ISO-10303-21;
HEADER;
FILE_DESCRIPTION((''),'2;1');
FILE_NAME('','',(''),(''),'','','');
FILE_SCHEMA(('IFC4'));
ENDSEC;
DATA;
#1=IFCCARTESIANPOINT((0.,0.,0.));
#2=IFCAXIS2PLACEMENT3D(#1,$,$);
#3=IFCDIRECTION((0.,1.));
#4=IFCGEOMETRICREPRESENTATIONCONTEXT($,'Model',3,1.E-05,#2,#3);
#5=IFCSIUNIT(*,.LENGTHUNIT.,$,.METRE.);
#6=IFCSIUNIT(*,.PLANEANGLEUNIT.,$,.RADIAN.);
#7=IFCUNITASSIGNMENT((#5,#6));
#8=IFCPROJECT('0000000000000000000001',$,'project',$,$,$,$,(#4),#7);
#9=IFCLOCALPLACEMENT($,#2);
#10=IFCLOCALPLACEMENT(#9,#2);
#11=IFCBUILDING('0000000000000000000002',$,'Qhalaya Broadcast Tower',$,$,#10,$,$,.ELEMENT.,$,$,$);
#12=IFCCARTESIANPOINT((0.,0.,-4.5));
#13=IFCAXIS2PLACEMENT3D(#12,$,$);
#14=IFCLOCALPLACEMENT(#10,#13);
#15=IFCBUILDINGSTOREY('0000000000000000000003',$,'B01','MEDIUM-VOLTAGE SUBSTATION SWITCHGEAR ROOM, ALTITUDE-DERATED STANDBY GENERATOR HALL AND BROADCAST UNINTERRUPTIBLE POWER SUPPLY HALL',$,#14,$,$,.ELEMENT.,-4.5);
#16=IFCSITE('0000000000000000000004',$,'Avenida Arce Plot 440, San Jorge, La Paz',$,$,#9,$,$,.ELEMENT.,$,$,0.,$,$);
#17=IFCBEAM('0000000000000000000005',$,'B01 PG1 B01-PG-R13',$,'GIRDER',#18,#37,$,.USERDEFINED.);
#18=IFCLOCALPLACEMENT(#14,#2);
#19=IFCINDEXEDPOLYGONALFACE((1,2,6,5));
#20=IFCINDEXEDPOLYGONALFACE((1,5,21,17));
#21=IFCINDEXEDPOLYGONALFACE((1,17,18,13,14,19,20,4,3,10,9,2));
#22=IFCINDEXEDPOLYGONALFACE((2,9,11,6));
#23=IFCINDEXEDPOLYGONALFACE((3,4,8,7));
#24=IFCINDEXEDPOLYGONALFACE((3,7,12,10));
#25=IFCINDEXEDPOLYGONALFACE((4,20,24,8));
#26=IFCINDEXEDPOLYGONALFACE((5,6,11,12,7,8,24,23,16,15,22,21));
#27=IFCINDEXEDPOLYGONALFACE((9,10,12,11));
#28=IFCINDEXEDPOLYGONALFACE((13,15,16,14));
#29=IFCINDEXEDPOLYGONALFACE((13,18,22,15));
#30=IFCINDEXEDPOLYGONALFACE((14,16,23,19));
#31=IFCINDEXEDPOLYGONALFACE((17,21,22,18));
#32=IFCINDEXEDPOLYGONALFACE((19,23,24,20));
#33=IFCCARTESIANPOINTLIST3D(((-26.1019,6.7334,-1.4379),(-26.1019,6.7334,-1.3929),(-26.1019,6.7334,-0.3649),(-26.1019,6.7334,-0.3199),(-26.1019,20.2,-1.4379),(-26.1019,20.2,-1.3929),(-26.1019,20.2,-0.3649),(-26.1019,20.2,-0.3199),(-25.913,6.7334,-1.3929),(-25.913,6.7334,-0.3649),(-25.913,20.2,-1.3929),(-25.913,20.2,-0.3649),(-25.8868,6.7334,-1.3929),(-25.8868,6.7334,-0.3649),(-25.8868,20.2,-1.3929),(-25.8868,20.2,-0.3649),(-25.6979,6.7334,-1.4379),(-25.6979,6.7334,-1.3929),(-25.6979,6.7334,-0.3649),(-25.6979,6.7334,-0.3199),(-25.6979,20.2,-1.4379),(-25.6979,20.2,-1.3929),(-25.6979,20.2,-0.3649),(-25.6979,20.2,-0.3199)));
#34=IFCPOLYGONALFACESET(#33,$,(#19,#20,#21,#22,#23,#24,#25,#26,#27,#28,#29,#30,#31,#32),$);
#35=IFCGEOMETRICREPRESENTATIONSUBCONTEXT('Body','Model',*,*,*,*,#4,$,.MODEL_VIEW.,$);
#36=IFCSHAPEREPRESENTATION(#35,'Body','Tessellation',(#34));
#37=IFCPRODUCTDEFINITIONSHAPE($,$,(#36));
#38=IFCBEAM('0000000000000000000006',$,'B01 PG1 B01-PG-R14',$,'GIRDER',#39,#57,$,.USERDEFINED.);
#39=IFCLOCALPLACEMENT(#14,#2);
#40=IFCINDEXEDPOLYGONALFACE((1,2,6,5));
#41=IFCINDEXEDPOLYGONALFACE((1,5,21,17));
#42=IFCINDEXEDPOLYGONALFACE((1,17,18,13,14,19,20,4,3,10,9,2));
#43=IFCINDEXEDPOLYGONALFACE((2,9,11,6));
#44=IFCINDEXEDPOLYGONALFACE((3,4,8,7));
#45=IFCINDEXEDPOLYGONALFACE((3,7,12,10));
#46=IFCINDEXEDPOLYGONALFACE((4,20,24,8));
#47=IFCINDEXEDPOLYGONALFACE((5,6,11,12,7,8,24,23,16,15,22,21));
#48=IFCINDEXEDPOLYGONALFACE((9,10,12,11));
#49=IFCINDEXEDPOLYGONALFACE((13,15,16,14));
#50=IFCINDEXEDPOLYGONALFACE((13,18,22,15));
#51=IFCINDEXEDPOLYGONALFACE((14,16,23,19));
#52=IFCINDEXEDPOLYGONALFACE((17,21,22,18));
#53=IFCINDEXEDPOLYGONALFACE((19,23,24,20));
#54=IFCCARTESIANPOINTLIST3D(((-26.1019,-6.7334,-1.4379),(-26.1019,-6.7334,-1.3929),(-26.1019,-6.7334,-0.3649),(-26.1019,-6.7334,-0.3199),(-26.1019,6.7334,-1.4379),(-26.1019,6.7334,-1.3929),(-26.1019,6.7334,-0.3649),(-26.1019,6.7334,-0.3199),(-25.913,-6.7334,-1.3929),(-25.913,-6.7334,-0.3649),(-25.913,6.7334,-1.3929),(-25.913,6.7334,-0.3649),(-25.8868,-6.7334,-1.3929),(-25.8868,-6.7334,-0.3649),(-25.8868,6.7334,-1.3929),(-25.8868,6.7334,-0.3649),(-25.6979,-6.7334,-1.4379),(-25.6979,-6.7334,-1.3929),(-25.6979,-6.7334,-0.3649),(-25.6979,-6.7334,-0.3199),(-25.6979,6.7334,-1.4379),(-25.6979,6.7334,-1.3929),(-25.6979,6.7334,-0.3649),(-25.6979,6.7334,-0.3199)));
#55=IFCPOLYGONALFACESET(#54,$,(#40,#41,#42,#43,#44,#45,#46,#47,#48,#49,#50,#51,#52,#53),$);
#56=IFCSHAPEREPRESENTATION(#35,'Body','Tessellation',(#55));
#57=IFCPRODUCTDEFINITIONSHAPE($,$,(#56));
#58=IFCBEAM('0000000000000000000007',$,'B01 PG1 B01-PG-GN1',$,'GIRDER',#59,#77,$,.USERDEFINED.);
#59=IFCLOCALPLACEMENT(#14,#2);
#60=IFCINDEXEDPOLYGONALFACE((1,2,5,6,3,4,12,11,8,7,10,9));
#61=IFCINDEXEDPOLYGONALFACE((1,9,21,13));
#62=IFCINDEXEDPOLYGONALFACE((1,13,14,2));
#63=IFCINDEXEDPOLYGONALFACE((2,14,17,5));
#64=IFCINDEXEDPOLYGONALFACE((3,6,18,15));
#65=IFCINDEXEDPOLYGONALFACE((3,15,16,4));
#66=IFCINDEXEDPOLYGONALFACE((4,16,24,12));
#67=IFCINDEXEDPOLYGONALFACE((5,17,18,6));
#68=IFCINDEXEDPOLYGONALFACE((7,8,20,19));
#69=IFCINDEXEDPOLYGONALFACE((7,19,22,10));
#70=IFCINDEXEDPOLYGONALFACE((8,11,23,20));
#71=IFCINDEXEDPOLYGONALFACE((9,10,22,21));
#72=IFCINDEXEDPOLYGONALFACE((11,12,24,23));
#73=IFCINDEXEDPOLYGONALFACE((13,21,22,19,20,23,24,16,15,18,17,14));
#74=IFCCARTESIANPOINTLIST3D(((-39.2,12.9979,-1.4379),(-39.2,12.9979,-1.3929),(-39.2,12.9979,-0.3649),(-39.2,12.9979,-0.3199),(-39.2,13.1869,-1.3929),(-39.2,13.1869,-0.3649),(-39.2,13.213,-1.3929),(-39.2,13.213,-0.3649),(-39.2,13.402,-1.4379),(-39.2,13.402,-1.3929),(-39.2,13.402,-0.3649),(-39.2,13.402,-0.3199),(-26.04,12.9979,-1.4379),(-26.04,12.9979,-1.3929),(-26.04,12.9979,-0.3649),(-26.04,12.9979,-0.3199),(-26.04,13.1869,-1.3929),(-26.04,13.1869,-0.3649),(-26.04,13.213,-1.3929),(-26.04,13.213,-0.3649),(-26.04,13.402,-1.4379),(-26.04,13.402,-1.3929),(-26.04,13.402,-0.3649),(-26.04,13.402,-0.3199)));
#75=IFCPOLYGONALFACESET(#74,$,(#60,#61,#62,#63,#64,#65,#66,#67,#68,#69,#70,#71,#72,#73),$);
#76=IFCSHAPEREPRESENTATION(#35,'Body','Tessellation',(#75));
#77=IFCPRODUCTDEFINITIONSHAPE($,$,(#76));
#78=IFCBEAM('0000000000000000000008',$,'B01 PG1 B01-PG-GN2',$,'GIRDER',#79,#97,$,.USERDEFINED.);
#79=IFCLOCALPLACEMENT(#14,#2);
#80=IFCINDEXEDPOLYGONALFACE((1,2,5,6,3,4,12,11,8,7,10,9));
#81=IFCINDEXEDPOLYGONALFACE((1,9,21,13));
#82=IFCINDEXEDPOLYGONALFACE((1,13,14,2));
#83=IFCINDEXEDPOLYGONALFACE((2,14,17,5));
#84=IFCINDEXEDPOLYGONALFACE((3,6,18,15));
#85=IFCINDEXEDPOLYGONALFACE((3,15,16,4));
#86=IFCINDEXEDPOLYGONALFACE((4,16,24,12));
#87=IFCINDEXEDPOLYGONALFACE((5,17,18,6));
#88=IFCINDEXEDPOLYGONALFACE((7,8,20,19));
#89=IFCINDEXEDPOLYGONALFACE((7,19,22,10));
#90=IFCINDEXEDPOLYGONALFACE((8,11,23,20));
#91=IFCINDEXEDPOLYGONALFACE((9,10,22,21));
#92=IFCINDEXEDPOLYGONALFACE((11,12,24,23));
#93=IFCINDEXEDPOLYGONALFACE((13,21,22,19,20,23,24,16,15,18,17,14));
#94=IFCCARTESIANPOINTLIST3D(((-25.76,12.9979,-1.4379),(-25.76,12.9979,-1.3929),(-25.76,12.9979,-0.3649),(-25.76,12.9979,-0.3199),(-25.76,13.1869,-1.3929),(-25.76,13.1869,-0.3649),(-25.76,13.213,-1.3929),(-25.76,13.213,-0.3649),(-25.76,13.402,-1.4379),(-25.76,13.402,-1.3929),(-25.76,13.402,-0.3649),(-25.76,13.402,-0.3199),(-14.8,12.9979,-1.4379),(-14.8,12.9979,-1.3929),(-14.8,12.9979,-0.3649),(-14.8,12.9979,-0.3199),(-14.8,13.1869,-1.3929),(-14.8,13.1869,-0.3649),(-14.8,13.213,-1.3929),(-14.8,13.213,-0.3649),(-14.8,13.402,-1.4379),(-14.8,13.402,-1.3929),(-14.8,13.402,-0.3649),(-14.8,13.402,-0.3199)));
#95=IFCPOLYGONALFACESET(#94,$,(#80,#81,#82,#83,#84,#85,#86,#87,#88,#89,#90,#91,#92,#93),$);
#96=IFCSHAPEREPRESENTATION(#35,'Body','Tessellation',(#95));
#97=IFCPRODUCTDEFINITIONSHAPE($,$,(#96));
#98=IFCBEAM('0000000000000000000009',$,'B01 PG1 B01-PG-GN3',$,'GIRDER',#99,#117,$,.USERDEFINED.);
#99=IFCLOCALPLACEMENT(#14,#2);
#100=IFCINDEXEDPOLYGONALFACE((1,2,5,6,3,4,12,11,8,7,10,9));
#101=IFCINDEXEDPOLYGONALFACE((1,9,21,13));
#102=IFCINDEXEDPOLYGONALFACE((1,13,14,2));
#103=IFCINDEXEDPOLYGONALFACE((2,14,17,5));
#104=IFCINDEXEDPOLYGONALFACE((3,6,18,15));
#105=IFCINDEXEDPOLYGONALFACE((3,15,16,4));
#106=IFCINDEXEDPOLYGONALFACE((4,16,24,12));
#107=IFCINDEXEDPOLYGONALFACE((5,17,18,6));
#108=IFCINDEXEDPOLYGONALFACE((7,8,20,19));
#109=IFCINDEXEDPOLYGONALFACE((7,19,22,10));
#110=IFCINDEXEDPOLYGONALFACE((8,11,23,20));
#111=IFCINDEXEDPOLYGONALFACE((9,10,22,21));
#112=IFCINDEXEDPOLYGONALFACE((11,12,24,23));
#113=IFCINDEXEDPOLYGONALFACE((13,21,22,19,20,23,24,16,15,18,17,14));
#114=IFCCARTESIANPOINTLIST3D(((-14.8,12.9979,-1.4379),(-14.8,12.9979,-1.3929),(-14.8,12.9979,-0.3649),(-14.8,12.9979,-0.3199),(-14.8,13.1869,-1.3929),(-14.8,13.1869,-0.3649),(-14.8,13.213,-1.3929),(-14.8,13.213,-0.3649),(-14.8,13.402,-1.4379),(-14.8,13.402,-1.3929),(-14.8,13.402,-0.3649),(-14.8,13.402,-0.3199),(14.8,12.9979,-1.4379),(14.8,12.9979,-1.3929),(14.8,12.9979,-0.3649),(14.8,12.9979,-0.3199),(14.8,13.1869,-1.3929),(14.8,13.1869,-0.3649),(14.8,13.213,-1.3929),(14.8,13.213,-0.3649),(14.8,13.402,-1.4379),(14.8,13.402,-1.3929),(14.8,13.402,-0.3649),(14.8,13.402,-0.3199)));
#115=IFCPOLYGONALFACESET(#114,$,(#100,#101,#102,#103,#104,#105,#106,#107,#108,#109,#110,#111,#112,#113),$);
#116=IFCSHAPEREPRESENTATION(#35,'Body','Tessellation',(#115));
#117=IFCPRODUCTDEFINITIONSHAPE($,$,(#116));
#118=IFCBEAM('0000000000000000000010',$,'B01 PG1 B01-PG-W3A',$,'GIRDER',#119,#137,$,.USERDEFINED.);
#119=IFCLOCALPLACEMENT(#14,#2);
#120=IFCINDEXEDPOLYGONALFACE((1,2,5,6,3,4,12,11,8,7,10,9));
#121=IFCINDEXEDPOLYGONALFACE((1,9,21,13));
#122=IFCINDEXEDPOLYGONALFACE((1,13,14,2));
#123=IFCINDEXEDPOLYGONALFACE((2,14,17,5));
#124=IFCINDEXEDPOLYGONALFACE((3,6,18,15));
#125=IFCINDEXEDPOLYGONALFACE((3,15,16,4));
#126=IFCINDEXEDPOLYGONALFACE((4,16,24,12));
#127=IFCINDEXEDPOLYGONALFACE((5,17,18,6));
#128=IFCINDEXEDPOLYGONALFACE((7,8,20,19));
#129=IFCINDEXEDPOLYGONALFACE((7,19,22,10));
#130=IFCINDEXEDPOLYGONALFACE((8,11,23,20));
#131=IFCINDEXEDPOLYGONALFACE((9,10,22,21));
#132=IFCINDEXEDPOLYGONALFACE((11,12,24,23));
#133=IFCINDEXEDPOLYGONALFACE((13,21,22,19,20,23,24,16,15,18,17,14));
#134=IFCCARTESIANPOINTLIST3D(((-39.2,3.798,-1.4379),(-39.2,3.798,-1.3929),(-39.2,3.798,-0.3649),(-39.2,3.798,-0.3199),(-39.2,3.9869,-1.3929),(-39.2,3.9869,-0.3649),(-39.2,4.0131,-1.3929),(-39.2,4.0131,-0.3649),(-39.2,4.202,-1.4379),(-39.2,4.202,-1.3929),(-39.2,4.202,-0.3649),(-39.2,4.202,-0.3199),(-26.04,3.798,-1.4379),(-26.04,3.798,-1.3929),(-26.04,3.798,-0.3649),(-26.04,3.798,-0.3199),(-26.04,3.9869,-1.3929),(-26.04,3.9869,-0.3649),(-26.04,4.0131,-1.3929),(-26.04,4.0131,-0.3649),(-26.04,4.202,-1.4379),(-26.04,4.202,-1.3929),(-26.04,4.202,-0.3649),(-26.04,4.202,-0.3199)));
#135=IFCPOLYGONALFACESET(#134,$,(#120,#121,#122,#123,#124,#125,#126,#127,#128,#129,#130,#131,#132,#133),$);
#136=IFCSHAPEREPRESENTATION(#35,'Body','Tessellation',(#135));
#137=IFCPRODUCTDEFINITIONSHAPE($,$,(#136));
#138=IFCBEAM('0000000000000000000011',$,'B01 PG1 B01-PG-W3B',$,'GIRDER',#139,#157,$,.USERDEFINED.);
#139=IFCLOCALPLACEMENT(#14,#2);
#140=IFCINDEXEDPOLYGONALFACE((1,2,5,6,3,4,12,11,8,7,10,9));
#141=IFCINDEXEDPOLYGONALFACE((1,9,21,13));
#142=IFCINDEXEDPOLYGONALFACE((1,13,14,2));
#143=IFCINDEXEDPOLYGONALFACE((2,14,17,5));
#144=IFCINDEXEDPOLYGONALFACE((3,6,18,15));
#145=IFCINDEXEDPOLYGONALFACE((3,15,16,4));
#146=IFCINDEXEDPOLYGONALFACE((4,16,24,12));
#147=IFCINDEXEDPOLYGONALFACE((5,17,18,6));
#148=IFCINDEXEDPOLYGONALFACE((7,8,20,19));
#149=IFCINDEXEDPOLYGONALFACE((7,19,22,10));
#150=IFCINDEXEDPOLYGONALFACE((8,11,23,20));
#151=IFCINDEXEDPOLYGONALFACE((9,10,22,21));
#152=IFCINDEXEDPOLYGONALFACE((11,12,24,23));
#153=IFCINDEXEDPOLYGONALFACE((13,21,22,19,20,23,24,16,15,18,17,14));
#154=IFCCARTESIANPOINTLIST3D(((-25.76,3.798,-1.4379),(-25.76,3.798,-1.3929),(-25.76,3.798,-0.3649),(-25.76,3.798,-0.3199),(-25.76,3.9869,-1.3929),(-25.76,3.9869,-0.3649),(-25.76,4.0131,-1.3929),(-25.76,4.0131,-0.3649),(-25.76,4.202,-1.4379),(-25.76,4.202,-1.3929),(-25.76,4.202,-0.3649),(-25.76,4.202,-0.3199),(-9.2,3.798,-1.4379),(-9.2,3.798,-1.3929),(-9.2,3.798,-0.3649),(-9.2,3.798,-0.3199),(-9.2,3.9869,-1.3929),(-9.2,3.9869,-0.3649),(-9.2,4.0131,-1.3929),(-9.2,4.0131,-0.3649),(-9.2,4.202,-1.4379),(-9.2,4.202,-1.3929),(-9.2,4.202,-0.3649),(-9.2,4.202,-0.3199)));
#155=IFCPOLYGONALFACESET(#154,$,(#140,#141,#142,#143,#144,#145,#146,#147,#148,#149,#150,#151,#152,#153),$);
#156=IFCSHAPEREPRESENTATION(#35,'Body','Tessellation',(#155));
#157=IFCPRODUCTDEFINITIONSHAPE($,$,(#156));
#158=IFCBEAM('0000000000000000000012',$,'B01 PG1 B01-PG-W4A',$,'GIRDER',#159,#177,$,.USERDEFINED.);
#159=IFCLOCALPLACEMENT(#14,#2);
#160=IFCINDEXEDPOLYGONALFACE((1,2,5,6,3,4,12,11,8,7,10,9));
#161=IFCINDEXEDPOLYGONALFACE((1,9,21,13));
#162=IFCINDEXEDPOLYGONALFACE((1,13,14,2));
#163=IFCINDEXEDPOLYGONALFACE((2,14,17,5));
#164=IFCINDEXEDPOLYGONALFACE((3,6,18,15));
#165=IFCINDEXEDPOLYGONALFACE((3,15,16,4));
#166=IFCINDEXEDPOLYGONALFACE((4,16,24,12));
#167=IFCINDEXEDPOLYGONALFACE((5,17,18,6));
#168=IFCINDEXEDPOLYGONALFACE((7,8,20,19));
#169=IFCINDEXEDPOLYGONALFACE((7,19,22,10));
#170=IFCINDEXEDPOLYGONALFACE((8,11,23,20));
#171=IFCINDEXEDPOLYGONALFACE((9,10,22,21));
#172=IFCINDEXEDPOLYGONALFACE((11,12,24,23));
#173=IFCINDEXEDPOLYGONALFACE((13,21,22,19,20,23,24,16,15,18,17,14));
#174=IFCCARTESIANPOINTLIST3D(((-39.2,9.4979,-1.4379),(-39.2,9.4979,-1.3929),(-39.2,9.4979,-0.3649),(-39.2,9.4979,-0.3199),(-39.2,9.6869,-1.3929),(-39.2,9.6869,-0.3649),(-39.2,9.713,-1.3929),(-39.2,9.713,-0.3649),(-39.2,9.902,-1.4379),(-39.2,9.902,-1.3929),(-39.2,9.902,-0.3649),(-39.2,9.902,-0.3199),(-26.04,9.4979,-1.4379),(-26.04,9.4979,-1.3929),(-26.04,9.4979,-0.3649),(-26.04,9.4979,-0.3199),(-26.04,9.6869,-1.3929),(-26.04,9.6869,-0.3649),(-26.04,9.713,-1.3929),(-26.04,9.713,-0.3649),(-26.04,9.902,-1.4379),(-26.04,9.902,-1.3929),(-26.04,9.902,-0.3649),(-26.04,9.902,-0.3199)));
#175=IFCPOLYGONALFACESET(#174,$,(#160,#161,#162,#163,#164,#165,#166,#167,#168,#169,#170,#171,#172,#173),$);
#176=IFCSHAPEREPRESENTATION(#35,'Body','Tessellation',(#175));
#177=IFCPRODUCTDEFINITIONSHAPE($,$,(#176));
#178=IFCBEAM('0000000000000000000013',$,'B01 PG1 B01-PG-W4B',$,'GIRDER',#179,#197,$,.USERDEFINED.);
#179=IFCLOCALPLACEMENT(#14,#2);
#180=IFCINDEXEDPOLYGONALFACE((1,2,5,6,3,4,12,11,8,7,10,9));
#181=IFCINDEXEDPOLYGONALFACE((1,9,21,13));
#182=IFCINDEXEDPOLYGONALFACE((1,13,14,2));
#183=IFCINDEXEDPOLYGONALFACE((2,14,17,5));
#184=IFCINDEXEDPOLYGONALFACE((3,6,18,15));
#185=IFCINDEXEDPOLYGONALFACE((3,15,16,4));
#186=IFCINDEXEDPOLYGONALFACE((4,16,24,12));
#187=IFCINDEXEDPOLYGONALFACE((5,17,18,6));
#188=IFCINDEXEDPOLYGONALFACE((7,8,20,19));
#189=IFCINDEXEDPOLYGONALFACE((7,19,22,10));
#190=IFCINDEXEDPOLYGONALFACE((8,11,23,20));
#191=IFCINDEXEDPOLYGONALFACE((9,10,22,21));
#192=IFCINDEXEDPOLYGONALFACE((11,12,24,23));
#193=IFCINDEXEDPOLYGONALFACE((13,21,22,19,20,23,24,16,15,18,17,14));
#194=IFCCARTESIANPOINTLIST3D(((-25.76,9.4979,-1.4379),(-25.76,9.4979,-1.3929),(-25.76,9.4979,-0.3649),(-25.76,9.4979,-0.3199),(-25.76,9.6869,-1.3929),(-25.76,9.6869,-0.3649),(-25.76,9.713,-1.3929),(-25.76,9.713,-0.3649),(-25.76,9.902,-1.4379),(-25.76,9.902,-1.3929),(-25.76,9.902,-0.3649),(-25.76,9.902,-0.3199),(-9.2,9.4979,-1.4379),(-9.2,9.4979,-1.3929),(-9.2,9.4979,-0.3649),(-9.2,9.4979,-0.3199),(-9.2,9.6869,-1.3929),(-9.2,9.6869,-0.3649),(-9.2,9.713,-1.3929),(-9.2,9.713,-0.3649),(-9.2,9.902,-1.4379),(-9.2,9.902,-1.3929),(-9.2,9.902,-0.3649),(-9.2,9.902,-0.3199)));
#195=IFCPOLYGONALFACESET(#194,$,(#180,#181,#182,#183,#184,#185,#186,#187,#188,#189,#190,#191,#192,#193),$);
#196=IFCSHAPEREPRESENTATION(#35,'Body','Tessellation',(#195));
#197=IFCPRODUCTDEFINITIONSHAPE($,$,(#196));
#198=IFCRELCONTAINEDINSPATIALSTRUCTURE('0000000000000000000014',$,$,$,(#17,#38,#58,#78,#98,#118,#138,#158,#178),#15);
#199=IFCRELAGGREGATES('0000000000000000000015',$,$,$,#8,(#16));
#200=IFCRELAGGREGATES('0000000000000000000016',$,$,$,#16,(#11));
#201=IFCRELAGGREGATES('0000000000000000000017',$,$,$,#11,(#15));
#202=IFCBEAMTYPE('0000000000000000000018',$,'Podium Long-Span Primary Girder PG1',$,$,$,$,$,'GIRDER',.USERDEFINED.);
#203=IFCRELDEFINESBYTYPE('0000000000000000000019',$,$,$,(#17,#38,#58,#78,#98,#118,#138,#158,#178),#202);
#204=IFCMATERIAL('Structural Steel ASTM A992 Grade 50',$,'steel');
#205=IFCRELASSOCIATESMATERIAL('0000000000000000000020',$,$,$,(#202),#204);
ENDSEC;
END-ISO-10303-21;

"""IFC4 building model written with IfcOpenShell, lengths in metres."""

from ifc_helpers import new_model, si_unit, direction, frame, origin, origin_2d, place, context, subcontext, project, spatial, i_section, extrude, material, material_profile, profile_set, type_object, element, save


model = new_model("IFC4")

# Units and contexts
model_context = context("Model", 3, precision=1e-05, world=origin(), true_north=direction((0.0, 1.0)))
body_context = subcontext(model_context, "Body", "Model", "MODEL_VIEW")
ifc_project = project(units=[si_unit("LENGTHUNIT", "METRE"), si_unit("PLANEANGLEUNIT", "RADIAN")], contexts=[model_context])

# Site, building, storey
site_placement = place(None, origin())
site = spatial("IfcSite", under=ifc_project, at=site_placement, Name="Avenida Arce Plot 440, San Jorge, La Paz", CompositionType="ELEMENT", RefElevation=0.0)
building_placement = place(site_placement, origin())
building = spatial("IfcBuilding", under=site, at=building_placement, Name="Qhalaya Broadcast Tower", CompositionType="ELEMENT")
storey_placement = place(building_placement, frame((0.0, 0.0, -4.5)))
storey = spatial("IfcBuildingStorey", under=building, at=storey_placement, Name="B01", Description="MEDIUM-VOLTAGE SUBSTATION SWITCHGEAR ROOM, ALTITUDE-DERATED STANDBY GENERATOR HALL AND BROADCAST UNINTERRUPTIBLE POWER SUPPLY HALL", CompositionType="ELEMENT", Elevation=-4.5)

# Beams
ifc_material_1 = material(Name="Structural Steel ASTM A992 Grade 50", Category="steel")
ifc_material_profile_1 = material_profile(ifc_material_1, i_section(OverallWidth=0.4041, OverallDepth=1.1179, WebThickness=0.0261, FlangeThickness=0.0449, at=origin_2d()), Name="W44X335")
ifc_profile_set_1 = profile_set([ifc_material_profile_1], Name="Structural Steel ASTM A992 Grade 50")
beam_type_1 = type_object("IfcBeamType", Name="Podium Long-Span Primary Girder PG1", ElementType="GIRDER", PredefinedType="USERDEFINED", material=ifc_profile_set_1)
beam_1_placement = place(storey_placement, frame((-25.8999, 20.2, -0.8789), z_axis=(0.0, -1.0, 0.0), x_axis=(1.0, 0.0, 0.0)))
element("IfcBeam", 1, at=beam_1_placement, inside=storey, type_object=beam_type_1, Name="B01 PG1 B01-PG-R13", ObjectType="GIRDER", PredefinedType="USERDEFINED", context=body_context, shape_type="SweptSolid", body=[
    extrude(i_section(OverallWidth=0.4041, OverallDepth=1.1179, WebThickness=0.0261, FlangeThickness=0.0449, at=origin_2d()), origin(), (0.0, 0.0, 1.0), 13.4666),
])
beam_2_placement = place(storey_placement, frame((-25.8999, 6.7334, -0.8789), z_axis=(0.0, -1.0, 0.0), x_axis=(1.0, 0.0, 0.0)))
element("IfcBeam", 2, at=beam_2_placement, inside=storey, type_object=beam_type_1, Name="B01 PG1 B01-PG-R14", ObjectType="GIRDER", PredefinedType="USERDEFINED", context=body_context, shape_type="SweptSolid", body=[
    extrude(i_section(OverallWidth=0.4041, OverallDepth=1.1179, WebThickness=0.0261, FlangeThickness=0.0449, at=origin_2d()), origin(), (0.0, 0.0, 1.0), 13.4668),
])
beam_3_placement = place(storey_placement, frame((-39.2, 13.2, -0.8789), z_axis=(1.0, 0.0, 0.0), x_axis=(0.0, 1.0, 0.0)))
element("IfcBeam", 3, at=beam_3_placement, inside=storey, type_object=beam_type_1, Name="B01 PG1 B01-PG-GN1", ObjectType="GIRDER", PredefinedType="USERDEFINED", context=body_context, shape_type="SweptSolid", body=[
    extrude(i_section(OverallWidth=0.4041, OverallDepth=1.1179, WebThickness=0.0261, FlangeThickness=0.0449, at=origin_2d()), origin(), (0.0, 0.0, 1.0), 13.1599),
])
beam_4_placement = place(storey_placement, frame((-25.76, 13.2, -0.8789), z_axis=(1.0, 0.0, 0.0), x_axis=(0.0, 1.0, 0.0)))
element("IfcBeam", 4, at=beam_4_placement, inside=storey, type_object=beam_type_1, Name="B01 PG1 B01-PG-GN2", ObjectType="GIRDER", PredefinedType="USERDEFINED", context=body_context, shape_type="SweptSolid", body=[
    extrude(i_section(OverallWidth=0.4041, OverallDepth=1.1179, WebThickness=0.0261, FlangeThickness=0.0449, at=origin_2d()), origin(), (0.0, 0.0, 1.0), 10.96),
])
beam_5_placement = place(storey_placement, frame((-14.8, 13.2, -0.8789), z_axis=(1.0, 0.0, 0.0), x_axis=(0.0, 1.0, 0.0)))
element("IfcBeam", 5, at=beam_5_placement, inside=storey, type_object=beam_type_1, Name="B01 PG1 B01-PG-GN3", ObjectType="GIRDER", PredefinedType="USERDEFINED", context=body_context, shape_type="SweptSolid", body=[
    extrude(i_section(OverallWidth=0.4041, OverallDepth=1.1179, WebThickness=0.0261, FlangeThickness=0.0449, at=origin_2d()), origin(), (0.0, 0.0, 1.0), 29.6001),
])
beam_6_placement = place(storey_placement, frame((-39.2, 4.0, -0.8789), z_axis=(1.0, 0.0, 0.0), x_axis=(0.0, 1.0, 0.0)))
element("IfcBeam", 6, at=beam_6_placement, inside=storey, type_object=beam_type_1, Name="B01 PG1 B01-PG-W3A", ObjectType="GIRDER", PredefinedType="USERDEFINED", context=body_context, shape_type="SweptSolid", body=[
    extrude(i_section(OverallWidth=0.4041, OverallDepth=1.1179, WebThickness=0.0261, FlangeThickness=0.0449, at=origin_2d()), origin(), (0.0, 0.0, 1.0), 13.1599),
])
beam_7_placement = place(storey_placement, frame((-25.76, 4.0, -0.8789), z_axis=(1.0, 0.0, 0.0), x_axis=(0.0, 1.0, 0.0)))
element("IfcBeam", 7, at=beam_7_placement, inside=storey, type_object=beam_type_1, Name="B01 PG1 B01-PG-W3B", ObjectType="GIRDER", PredefinedType="USERDEFINED", context=body_context, shape_type="SweptSolid", body=[
    extrude(i_section(OverallWidth=0.4041, OverallDepth=1.1179, WebThickness=0.0261, FlangeThickness=0.0449, at=origin_2d()), origin(), (0.0, 0.0, 1.0), 16.5601),
])
beam_8_placement = place(storey_placement, frame((-39.2, 9.7, -0.8789), z_axis=(1.0, 0.0, 0.0), x_axis=(0.0, 1.0, 0.0)))
element("IfcBeam", 8, at=beam_8_placement, inside=storey, type_object=beam_type_1, Name="B01 PG1 B01-PG-W4A", ObjectType="GIRDER", PredefinedType="USERDEFINED", context=body_context, shape_type="SweptSolid", body=[
    extrude(i_section(OverallWidth=0.4041, OverallDepth=1.1179, WebThickness=0.0261, FlangeThickness=0.0449, at=origin_2d()), origin(), (0.0, 0.0, 1.0), 13.1599),
])
beam_9_placement = place(storey_placement, frame((-25.76, 9.7, -0.8789), z_axis=(1.0, 0.0, 0.0), x_axis=(0.0, 1.0, 0.0)))
element("IfcBeam", 9, at=beam_9_placement, inside=storey, type_object=beam_type_1, Name="B01 PG1 B01-PG-W4B", ObjectType="GIRDER", PredefinedType="USERDEFINED", context=body_context, shape_type="SweptSolid", body=[
    extrude(i_section(OverallWidth=0.4041, OverallDepth=1.1179, WebThickness=0.0261, FlangeThickness=0.0449, at=origin_2d()), origin(), (0.0, 0.0, 1.0), 16.5601),
])

save(model, "model.ifc")
